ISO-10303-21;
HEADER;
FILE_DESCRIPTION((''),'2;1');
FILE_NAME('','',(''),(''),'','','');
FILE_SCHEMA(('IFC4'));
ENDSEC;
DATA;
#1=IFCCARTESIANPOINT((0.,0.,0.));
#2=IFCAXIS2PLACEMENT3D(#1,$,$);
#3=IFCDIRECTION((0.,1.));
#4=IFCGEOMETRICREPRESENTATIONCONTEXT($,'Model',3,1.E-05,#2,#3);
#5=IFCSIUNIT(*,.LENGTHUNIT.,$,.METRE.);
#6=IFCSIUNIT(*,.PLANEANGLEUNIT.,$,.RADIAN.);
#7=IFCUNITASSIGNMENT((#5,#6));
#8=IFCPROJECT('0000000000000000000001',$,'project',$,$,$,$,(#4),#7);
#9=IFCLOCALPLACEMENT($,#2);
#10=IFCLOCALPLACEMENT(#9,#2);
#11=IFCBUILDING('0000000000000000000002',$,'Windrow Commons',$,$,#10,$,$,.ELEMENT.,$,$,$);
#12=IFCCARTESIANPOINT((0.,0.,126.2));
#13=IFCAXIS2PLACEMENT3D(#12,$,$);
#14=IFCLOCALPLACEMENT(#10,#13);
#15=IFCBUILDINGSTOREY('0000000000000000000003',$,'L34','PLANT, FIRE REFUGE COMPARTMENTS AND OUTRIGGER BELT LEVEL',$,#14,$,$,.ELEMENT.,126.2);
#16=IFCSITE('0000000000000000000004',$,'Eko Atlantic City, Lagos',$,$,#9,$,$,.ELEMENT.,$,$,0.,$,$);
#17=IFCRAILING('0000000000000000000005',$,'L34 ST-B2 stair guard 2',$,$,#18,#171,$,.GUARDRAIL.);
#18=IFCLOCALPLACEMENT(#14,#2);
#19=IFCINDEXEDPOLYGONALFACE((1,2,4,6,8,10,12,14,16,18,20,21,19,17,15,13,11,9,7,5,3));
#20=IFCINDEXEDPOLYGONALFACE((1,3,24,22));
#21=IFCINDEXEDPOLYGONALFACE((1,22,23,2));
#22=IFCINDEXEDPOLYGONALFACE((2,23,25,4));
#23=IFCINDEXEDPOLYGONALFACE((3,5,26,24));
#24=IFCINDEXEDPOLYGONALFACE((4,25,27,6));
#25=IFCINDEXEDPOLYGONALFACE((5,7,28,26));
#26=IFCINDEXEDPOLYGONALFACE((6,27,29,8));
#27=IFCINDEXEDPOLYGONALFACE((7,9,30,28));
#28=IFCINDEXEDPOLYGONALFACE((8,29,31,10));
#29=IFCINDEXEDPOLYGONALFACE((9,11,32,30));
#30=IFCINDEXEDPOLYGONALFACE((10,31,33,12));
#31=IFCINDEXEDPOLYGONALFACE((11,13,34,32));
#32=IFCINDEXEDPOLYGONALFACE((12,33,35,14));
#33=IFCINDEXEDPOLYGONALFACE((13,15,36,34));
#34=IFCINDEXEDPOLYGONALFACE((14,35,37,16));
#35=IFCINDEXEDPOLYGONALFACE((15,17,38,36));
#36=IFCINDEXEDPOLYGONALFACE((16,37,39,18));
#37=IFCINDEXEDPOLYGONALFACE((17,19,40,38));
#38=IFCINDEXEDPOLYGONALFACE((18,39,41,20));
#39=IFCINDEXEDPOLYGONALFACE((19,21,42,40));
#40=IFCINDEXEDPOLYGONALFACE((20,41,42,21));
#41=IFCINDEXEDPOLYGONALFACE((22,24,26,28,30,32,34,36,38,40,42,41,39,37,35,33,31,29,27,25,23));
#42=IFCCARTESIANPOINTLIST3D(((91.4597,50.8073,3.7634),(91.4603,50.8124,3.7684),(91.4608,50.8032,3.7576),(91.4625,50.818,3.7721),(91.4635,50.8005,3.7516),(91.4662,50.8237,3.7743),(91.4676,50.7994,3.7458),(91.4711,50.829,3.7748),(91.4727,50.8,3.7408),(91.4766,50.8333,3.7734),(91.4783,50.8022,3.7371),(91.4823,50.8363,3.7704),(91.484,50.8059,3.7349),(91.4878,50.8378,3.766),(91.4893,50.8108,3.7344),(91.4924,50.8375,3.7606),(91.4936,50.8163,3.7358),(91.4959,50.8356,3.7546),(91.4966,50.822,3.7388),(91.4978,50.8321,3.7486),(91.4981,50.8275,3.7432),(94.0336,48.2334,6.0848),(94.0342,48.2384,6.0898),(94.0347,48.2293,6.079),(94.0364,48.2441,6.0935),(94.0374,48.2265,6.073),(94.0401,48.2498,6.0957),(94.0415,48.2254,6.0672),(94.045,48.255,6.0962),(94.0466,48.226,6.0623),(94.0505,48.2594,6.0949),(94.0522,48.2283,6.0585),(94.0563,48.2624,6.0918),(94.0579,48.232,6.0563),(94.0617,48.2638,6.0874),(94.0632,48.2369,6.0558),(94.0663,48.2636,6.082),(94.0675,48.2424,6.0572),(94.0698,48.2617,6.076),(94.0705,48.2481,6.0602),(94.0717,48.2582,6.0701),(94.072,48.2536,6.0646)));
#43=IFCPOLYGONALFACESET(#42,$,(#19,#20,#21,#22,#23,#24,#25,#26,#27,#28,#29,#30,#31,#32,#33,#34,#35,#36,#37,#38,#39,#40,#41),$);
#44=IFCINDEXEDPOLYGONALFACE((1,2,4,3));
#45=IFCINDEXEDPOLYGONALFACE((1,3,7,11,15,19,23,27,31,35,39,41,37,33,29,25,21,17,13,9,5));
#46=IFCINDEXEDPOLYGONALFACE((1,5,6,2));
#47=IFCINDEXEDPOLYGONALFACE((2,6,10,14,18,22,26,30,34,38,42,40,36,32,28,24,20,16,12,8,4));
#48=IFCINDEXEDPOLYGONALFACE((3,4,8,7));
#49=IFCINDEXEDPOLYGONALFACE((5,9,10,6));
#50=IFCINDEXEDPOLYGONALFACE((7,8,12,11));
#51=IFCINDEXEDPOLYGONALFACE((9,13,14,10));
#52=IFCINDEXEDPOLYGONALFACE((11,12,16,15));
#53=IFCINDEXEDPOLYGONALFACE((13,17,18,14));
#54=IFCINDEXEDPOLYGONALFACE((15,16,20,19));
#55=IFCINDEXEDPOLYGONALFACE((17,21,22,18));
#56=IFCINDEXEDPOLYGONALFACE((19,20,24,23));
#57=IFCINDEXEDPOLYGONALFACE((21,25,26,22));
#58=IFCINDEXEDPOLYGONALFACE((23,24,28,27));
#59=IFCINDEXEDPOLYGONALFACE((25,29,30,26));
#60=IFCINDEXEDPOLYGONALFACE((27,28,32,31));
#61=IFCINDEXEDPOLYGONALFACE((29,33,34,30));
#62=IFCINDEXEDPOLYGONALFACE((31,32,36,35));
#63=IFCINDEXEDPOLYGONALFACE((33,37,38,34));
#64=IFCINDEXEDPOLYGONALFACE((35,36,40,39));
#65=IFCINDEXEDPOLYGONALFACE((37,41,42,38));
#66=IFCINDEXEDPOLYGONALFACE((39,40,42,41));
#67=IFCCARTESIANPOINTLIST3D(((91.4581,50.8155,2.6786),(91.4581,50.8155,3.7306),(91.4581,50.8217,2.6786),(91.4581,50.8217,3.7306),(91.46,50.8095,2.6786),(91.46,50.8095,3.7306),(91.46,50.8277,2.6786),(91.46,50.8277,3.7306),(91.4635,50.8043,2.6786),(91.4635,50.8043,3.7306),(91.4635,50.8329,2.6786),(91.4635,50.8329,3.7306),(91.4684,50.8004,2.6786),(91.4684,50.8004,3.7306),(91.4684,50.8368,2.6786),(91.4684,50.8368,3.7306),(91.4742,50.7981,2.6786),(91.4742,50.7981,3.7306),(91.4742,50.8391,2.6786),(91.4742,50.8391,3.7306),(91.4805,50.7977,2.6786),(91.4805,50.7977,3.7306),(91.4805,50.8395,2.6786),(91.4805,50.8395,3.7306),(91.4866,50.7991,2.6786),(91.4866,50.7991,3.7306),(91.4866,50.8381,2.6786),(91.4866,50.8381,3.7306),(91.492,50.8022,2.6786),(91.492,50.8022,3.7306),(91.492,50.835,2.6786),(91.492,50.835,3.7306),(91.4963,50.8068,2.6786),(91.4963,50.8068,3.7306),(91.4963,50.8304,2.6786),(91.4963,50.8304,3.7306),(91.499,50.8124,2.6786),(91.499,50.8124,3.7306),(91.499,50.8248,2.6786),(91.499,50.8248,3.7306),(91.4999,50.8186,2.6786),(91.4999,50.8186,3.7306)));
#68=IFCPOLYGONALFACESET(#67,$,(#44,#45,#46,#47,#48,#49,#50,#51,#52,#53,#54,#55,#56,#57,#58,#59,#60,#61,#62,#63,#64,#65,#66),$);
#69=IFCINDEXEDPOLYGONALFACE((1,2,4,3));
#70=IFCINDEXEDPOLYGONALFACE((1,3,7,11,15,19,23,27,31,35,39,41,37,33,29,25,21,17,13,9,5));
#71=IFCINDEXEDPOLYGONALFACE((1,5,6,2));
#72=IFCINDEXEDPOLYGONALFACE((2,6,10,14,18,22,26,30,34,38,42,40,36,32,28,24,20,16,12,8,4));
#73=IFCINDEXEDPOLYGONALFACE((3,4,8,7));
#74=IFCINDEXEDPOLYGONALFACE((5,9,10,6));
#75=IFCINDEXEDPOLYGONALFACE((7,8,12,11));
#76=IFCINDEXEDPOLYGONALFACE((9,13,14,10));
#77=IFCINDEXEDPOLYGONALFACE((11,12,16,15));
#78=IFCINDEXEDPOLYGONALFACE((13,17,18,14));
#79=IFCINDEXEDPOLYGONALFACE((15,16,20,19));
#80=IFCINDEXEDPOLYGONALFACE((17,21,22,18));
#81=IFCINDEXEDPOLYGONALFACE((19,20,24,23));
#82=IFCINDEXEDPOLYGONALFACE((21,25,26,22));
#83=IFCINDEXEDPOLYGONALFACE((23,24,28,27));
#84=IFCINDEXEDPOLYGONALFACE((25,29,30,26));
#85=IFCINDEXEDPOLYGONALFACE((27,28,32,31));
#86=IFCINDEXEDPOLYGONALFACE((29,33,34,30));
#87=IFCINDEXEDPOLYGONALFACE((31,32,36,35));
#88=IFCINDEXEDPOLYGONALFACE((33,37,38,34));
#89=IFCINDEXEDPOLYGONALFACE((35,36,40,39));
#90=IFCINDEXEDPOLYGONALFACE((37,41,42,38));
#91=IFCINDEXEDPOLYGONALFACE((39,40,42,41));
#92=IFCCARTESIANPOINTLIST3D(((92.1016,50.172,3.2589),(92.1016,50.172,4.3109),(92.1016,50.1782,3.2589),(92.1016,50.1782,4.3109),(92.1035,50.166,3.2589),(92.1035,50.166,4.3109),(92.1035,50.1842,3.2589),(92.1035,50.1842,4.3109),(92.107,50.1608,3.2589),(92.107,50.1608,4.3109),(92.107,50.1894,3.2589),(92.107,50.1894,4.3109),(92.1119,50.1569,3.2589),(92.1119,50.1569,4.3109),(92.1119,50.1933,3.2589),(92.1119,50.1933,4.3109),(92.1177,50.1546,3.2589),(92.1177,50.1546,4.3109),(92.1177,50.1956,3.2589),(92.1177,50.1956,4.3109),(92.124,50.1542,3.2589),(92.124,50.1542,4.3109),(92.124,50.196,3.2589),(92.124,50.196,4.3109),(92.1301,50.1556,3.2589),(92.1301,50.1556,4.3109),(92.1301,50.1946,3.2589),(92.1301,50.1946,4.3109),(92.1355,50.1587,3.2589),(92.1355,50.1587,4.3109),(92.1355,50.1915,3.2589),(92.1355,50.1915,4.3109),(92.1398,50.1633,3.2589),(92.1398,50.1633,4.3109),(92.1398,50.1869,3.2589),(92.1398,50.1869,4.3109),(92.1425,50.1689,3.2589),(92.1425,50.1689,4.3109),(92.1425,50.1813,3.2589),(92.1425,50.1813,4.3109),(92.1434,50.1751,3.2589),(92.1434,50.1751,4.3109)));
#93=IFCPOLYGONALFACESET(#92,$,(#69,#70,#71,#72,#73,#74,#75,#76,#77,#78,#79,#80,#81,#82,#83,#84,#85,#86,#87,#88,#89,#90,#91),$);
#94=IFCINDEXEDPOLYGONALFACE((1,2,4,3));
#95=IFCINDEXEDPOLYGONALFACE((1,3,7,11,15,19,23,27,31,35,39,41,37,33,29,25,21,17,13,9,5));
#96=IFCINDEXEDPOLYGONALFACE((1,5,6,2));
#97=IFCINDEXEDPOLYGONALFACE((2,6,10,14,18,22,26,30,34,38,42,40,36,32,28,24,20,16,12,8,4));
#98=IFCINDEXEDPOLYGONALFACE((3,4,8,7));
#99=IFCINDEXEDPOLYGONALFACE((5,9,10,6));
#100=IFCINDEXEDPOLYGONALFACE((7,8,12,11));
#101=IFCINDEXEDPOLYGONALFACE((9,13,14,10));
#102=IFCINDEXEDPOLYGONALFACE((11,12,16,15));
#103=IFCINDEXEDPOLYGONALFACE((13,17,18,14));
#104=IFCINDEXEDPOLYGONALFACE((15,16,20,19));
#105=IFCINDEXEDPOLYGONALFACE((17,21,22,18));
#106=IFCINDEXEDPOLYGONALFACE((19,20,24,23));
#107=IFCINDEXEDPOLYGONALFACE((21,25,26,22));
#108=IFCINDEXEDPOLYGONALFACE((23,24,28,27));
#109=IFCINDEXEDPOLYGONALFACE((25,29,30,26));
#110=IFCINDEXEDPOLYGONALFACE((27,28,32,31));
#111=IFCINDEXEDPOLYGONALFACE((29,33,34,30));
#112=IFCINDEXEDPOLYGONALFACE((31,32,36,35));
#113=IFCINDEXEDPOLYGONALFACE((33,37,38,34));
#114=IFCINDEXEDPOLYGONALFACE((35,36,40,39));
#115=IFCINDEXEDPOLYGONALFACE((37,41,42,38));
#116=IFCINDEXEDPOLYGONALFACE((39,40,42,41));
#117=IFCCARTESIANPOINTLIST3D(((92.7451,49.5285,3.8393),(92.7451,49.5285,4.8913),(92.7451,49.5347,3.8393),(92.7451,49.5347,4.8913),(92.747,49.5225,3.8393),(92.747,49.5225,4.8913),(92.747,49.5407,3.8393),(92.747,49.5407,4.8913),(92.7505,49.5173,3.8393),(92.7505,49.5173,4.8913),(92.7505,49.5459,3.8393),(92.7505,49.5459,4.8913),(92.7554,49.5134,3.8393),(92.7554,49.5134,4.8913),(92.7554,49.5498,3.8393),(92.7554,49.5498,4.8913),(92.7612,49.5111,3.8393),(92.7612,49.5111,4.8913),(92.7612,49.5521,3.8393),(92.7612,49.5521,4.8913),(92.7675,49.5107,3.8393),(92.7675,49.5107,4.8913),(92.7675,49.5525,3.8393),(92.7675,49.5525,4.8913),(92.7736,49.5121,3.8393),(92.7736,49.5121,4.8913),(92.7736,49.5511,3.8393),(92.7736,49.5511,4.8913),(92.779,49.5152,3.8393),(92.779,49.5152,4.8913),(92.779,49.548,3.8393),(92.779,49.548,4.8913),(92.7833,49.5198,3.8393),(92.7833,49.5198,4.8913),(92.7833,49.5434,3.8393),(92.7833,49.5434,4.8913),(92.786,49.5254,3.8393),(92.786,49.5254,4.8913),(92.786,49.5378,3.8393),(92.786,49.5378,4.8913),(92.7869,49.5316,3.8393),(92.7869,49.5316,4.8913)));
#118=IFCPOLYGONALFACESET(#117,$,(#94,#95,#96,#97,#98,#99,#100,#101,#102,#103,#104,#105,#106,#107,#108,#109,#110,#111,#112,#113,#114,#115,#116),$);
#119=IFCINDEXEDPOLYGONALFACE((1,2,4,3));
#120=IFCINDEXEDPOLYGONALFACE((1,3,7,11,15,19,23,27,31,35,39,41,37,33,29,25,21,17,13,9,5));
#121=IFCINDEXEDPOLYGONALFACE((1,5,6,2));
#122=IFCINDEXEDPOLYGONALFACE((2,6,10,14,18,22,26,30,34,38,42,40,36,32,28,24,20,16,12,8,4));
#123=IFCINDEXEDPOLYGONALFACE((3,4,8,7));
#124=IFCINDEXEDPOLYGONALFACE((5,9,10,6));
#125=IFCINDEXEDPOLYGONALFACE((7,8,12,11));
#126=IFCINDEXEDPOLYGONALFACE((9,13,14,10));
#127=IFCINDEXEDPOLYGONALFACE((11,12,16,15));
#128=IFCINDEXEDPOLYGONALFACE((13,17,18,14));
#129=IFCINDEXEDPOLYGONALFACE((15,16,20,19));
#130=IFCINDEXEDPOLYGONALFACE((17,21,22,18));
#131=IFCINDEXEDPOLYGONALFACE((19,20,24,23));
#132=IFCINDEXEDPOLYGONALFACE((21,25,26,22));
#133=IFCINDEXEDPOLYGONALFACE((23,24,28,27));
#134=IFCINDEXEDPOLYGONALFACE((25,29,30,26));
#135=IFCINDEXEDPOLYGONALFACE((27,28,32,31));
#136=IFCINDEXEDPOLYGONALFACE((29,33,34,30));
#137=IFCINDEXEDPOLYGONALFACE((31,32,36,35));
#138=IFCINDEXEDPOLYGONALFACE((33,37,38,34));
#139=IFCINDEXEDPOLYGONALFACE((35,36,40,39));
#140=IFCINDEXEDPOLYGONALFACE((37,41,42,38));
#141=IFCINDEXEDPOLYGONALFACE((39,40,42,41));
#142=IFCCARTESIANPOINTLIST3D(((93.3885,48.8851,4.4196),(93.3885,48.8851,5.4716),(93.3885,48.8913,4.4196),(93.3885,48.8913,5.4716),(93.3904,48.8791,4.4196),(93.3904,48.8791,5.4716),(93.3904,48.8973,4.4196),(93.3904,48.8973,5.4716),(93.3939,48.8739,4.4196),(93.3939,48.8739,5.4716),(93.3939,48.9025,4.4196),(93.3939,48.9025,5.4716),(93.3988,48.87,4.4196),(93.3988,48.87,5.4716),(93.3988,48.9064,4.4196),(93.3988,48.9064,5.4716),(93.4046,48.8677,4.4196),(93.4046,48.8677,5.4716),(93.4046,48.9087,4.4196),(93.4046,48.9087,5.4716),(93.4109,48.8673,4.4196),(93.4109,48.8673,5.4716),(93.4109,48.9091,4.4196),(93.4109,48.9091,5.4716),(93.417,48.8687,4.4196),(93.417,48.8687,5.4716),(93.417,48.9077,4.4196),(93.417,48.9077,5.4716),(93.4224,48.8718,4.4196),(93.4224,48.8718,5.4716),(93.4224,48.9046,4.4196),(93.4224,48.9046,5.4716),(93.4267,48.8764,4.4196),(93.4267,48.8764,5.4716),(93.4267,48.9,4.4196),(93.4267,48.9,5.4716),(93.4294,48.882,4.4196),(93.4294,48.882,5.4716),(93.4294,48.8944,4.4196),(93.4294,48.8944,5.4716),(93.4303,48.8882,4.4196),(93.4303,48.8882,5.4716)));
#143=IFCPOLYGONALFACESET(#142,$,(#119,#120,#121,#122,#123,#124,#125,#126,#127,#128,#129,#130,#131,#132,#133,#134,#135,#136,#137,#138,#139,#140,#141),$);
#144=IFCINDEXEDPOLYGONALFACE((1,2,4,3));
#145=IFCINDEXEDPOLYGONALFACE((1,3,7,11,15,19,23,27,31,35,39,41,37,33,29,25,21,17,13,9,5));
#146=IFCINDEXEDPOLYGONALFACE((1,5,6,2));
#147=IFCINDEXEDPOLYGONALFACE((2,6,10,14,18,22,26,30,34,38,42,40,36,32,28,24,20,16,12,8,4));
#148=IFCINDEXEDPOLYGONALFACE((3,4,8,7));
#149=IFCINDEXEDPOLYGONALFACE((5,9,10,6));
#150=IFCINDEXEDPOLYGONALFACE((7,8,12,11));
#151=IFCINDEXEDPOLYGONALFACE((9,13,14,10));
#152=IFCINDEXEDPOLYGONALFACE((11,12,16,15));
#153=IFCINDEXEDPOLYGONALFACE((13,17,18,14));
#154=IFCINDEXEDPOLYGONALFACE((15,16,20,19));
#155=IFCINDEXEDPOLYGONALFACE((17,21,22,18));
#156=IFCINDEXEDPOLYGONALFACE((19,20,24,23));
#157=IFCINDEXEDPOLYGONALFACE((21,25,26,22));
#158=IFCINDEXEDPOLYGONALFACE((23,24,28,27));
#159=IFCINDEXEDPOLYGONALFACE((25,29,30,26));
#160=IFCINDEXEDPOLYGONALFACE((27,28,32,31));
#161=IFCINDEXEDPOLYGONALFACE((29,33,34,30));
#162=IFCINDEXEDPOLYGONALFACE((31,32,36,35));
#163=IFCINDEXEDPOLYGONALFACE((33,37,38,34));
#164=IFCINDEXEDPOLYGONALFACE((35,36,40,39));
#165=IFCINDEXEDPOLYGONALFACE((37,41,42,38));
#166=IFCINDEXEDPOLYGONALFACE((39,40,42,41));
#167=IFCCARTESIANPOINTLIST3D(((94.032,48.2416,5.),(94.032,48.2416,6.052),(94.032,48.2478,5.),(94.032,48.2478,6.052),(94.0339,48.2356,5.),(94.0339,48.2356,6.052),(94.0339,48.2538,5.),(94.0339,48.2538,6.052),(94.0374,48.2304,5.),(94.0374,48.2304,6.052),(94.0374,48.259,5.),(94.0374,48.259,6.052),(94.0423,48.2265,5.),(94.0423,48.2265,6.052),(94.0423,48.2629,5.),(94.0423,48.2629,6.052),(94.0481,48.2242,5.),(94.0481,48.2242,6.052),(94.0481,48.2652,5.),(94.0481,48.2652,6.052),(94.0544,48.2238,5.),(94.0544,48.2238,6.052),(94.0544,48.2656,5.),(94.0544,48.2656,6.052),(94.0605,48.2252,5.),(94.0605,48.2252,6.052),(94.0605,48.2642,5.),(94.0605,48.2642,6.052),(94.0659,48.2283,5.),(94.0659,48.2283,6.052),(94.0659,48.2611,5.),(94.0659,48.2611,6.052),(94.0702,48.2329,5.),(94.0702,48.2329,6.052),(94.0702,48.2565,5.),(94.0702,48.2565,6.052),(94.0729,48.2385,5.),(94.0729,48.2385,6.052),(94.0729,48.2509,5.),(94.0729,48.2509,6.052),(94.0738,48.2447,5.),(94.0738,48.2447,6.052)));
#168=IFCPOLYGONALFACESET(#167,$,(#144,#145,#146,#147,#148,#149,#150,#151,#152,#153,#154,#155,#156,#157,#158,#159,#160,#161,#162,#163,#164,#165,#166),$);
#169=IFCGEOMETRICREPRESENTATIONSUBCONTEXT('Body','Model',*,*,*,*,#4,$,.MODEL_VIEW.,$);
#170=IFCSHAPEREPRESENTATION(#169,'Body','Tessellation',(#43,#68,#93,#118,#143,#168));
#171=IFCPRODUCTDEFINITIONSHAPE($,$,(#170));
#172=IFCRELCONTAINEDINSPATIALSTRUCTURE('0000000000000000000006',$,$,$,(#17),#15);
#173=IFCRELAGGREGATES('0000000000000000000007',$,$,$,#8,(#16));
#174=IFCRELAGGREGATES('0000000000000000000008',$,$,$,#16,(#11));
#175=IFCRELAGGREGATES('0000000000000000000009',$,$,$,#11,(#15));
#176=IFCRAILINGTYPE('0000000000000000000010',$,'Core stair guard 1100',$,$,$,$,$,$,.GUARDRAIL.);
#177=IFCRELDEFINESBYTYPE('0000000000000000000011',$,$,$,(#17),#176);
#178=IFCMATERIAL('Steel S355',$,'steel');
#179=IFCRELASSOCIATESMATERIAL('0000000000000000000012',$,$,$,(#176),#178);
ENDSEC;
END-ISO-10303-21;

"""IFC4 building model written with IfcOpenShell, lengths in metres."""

from ifc_helpers import new_model, si_unit, direction, frame, origin, origin_2d, place, context, subcontext, project, spatial, circle, extrude, material, type_object, element, save


model = new_model("IFC4")

# Units and contexts
model_context = context("Model", 3, precision=1e-05, world=origin(), true_north=direction((0.0, 1.0)))
body_context = subcontext(model_context, "Body", "Model", "MODEL_VIEW")
ifc_project = project(units=[si_unit("LENGTHUNIT", "METRE"), si_unit("PLANEANGLEUNIT", "RADIAN")], contexts=[model_context])

# Site, building, storey
site_placement = place(None, origin())
site = spatial("IfcSite", under=ifc_project, at=site_placement, Name="Eko Atlantic City, Lagos", CompositionType="ELEMENT", RefElevation=0.0)
building_placement = place(site_placement, origin())
building = spatial("IfcBuilding", under=site, at=building_placement, Name="Windrow Commons", CompositionType="ELEMENT")
storey_placement = place(building_placement, frame((0.0, 0.0, 126.2)))
storey = spatial("IfcBuildingStorey", under=building, at=storey_placement, Name="L34", Description="PLANT, FIRE REFUGE COMPARTMENTS AND OUTRIGGER BELT LEVEL", CompositionType="ELEMENT", Elevation=126.2)

# Railing
ifc_material_1 = material(Name="Steel S355", Category="steel")
railing_type_1 = type_object("IfcRailingType", Name="Core stair guard 1100", PredefinedType="GUARDRAIL", material=ifc_material_1)
railing_1_placement = place(storey_placement, frame((91.4789, 50.8186, 2.6786)))
element("IfcRailing", 1, at=railing_1_placement, inside=storey, type_object=railing_type_1, Name="L34 ST-B2 stair guard 2", PredefinedType="GUARDRAIL", context=body_context, shape_type="SweptSolid", body=[
    extrude(circle(Radius=0.024, at=origin_2d()), frame((0.0, 0.0, 1.076), z_axis=(0.596187, -0.596187, 0.537701), x_axis=(0.707107, 0.707107, 0.0)), (0.0, 0.0, 1.0), 4.3173),
    extrude(circle(Radius=0.021, at=origin_2d()), origin(), (0.0, 0.0, 1.0), 1.052),
    extrude(circle(Radius=0.021, at=origin_2d()), frame((0.6435, -0.6435, 0.5803)), (0.0, 0.0, 1.0), 1.052),
    extrude(circle(Radius=0.021, at=origin_2d()), frame((1.287, -1.287, 1.1607)), (0.0, 0.0, 1.0), 1.052),
    extrude(circle(Radius=0.021, at=origin_2d()), frame((1.9304, -1.9304, 1.741)), (0.0, 0.0, 1.0), 1.052),
    extrude(circle(Radius=0.021, at=origin_2d()), frame((2.5739, -2.5739, 2.3214)), (0.0, 0.0, 1.0), 1.052),
])

save(model, "model.ifc")
